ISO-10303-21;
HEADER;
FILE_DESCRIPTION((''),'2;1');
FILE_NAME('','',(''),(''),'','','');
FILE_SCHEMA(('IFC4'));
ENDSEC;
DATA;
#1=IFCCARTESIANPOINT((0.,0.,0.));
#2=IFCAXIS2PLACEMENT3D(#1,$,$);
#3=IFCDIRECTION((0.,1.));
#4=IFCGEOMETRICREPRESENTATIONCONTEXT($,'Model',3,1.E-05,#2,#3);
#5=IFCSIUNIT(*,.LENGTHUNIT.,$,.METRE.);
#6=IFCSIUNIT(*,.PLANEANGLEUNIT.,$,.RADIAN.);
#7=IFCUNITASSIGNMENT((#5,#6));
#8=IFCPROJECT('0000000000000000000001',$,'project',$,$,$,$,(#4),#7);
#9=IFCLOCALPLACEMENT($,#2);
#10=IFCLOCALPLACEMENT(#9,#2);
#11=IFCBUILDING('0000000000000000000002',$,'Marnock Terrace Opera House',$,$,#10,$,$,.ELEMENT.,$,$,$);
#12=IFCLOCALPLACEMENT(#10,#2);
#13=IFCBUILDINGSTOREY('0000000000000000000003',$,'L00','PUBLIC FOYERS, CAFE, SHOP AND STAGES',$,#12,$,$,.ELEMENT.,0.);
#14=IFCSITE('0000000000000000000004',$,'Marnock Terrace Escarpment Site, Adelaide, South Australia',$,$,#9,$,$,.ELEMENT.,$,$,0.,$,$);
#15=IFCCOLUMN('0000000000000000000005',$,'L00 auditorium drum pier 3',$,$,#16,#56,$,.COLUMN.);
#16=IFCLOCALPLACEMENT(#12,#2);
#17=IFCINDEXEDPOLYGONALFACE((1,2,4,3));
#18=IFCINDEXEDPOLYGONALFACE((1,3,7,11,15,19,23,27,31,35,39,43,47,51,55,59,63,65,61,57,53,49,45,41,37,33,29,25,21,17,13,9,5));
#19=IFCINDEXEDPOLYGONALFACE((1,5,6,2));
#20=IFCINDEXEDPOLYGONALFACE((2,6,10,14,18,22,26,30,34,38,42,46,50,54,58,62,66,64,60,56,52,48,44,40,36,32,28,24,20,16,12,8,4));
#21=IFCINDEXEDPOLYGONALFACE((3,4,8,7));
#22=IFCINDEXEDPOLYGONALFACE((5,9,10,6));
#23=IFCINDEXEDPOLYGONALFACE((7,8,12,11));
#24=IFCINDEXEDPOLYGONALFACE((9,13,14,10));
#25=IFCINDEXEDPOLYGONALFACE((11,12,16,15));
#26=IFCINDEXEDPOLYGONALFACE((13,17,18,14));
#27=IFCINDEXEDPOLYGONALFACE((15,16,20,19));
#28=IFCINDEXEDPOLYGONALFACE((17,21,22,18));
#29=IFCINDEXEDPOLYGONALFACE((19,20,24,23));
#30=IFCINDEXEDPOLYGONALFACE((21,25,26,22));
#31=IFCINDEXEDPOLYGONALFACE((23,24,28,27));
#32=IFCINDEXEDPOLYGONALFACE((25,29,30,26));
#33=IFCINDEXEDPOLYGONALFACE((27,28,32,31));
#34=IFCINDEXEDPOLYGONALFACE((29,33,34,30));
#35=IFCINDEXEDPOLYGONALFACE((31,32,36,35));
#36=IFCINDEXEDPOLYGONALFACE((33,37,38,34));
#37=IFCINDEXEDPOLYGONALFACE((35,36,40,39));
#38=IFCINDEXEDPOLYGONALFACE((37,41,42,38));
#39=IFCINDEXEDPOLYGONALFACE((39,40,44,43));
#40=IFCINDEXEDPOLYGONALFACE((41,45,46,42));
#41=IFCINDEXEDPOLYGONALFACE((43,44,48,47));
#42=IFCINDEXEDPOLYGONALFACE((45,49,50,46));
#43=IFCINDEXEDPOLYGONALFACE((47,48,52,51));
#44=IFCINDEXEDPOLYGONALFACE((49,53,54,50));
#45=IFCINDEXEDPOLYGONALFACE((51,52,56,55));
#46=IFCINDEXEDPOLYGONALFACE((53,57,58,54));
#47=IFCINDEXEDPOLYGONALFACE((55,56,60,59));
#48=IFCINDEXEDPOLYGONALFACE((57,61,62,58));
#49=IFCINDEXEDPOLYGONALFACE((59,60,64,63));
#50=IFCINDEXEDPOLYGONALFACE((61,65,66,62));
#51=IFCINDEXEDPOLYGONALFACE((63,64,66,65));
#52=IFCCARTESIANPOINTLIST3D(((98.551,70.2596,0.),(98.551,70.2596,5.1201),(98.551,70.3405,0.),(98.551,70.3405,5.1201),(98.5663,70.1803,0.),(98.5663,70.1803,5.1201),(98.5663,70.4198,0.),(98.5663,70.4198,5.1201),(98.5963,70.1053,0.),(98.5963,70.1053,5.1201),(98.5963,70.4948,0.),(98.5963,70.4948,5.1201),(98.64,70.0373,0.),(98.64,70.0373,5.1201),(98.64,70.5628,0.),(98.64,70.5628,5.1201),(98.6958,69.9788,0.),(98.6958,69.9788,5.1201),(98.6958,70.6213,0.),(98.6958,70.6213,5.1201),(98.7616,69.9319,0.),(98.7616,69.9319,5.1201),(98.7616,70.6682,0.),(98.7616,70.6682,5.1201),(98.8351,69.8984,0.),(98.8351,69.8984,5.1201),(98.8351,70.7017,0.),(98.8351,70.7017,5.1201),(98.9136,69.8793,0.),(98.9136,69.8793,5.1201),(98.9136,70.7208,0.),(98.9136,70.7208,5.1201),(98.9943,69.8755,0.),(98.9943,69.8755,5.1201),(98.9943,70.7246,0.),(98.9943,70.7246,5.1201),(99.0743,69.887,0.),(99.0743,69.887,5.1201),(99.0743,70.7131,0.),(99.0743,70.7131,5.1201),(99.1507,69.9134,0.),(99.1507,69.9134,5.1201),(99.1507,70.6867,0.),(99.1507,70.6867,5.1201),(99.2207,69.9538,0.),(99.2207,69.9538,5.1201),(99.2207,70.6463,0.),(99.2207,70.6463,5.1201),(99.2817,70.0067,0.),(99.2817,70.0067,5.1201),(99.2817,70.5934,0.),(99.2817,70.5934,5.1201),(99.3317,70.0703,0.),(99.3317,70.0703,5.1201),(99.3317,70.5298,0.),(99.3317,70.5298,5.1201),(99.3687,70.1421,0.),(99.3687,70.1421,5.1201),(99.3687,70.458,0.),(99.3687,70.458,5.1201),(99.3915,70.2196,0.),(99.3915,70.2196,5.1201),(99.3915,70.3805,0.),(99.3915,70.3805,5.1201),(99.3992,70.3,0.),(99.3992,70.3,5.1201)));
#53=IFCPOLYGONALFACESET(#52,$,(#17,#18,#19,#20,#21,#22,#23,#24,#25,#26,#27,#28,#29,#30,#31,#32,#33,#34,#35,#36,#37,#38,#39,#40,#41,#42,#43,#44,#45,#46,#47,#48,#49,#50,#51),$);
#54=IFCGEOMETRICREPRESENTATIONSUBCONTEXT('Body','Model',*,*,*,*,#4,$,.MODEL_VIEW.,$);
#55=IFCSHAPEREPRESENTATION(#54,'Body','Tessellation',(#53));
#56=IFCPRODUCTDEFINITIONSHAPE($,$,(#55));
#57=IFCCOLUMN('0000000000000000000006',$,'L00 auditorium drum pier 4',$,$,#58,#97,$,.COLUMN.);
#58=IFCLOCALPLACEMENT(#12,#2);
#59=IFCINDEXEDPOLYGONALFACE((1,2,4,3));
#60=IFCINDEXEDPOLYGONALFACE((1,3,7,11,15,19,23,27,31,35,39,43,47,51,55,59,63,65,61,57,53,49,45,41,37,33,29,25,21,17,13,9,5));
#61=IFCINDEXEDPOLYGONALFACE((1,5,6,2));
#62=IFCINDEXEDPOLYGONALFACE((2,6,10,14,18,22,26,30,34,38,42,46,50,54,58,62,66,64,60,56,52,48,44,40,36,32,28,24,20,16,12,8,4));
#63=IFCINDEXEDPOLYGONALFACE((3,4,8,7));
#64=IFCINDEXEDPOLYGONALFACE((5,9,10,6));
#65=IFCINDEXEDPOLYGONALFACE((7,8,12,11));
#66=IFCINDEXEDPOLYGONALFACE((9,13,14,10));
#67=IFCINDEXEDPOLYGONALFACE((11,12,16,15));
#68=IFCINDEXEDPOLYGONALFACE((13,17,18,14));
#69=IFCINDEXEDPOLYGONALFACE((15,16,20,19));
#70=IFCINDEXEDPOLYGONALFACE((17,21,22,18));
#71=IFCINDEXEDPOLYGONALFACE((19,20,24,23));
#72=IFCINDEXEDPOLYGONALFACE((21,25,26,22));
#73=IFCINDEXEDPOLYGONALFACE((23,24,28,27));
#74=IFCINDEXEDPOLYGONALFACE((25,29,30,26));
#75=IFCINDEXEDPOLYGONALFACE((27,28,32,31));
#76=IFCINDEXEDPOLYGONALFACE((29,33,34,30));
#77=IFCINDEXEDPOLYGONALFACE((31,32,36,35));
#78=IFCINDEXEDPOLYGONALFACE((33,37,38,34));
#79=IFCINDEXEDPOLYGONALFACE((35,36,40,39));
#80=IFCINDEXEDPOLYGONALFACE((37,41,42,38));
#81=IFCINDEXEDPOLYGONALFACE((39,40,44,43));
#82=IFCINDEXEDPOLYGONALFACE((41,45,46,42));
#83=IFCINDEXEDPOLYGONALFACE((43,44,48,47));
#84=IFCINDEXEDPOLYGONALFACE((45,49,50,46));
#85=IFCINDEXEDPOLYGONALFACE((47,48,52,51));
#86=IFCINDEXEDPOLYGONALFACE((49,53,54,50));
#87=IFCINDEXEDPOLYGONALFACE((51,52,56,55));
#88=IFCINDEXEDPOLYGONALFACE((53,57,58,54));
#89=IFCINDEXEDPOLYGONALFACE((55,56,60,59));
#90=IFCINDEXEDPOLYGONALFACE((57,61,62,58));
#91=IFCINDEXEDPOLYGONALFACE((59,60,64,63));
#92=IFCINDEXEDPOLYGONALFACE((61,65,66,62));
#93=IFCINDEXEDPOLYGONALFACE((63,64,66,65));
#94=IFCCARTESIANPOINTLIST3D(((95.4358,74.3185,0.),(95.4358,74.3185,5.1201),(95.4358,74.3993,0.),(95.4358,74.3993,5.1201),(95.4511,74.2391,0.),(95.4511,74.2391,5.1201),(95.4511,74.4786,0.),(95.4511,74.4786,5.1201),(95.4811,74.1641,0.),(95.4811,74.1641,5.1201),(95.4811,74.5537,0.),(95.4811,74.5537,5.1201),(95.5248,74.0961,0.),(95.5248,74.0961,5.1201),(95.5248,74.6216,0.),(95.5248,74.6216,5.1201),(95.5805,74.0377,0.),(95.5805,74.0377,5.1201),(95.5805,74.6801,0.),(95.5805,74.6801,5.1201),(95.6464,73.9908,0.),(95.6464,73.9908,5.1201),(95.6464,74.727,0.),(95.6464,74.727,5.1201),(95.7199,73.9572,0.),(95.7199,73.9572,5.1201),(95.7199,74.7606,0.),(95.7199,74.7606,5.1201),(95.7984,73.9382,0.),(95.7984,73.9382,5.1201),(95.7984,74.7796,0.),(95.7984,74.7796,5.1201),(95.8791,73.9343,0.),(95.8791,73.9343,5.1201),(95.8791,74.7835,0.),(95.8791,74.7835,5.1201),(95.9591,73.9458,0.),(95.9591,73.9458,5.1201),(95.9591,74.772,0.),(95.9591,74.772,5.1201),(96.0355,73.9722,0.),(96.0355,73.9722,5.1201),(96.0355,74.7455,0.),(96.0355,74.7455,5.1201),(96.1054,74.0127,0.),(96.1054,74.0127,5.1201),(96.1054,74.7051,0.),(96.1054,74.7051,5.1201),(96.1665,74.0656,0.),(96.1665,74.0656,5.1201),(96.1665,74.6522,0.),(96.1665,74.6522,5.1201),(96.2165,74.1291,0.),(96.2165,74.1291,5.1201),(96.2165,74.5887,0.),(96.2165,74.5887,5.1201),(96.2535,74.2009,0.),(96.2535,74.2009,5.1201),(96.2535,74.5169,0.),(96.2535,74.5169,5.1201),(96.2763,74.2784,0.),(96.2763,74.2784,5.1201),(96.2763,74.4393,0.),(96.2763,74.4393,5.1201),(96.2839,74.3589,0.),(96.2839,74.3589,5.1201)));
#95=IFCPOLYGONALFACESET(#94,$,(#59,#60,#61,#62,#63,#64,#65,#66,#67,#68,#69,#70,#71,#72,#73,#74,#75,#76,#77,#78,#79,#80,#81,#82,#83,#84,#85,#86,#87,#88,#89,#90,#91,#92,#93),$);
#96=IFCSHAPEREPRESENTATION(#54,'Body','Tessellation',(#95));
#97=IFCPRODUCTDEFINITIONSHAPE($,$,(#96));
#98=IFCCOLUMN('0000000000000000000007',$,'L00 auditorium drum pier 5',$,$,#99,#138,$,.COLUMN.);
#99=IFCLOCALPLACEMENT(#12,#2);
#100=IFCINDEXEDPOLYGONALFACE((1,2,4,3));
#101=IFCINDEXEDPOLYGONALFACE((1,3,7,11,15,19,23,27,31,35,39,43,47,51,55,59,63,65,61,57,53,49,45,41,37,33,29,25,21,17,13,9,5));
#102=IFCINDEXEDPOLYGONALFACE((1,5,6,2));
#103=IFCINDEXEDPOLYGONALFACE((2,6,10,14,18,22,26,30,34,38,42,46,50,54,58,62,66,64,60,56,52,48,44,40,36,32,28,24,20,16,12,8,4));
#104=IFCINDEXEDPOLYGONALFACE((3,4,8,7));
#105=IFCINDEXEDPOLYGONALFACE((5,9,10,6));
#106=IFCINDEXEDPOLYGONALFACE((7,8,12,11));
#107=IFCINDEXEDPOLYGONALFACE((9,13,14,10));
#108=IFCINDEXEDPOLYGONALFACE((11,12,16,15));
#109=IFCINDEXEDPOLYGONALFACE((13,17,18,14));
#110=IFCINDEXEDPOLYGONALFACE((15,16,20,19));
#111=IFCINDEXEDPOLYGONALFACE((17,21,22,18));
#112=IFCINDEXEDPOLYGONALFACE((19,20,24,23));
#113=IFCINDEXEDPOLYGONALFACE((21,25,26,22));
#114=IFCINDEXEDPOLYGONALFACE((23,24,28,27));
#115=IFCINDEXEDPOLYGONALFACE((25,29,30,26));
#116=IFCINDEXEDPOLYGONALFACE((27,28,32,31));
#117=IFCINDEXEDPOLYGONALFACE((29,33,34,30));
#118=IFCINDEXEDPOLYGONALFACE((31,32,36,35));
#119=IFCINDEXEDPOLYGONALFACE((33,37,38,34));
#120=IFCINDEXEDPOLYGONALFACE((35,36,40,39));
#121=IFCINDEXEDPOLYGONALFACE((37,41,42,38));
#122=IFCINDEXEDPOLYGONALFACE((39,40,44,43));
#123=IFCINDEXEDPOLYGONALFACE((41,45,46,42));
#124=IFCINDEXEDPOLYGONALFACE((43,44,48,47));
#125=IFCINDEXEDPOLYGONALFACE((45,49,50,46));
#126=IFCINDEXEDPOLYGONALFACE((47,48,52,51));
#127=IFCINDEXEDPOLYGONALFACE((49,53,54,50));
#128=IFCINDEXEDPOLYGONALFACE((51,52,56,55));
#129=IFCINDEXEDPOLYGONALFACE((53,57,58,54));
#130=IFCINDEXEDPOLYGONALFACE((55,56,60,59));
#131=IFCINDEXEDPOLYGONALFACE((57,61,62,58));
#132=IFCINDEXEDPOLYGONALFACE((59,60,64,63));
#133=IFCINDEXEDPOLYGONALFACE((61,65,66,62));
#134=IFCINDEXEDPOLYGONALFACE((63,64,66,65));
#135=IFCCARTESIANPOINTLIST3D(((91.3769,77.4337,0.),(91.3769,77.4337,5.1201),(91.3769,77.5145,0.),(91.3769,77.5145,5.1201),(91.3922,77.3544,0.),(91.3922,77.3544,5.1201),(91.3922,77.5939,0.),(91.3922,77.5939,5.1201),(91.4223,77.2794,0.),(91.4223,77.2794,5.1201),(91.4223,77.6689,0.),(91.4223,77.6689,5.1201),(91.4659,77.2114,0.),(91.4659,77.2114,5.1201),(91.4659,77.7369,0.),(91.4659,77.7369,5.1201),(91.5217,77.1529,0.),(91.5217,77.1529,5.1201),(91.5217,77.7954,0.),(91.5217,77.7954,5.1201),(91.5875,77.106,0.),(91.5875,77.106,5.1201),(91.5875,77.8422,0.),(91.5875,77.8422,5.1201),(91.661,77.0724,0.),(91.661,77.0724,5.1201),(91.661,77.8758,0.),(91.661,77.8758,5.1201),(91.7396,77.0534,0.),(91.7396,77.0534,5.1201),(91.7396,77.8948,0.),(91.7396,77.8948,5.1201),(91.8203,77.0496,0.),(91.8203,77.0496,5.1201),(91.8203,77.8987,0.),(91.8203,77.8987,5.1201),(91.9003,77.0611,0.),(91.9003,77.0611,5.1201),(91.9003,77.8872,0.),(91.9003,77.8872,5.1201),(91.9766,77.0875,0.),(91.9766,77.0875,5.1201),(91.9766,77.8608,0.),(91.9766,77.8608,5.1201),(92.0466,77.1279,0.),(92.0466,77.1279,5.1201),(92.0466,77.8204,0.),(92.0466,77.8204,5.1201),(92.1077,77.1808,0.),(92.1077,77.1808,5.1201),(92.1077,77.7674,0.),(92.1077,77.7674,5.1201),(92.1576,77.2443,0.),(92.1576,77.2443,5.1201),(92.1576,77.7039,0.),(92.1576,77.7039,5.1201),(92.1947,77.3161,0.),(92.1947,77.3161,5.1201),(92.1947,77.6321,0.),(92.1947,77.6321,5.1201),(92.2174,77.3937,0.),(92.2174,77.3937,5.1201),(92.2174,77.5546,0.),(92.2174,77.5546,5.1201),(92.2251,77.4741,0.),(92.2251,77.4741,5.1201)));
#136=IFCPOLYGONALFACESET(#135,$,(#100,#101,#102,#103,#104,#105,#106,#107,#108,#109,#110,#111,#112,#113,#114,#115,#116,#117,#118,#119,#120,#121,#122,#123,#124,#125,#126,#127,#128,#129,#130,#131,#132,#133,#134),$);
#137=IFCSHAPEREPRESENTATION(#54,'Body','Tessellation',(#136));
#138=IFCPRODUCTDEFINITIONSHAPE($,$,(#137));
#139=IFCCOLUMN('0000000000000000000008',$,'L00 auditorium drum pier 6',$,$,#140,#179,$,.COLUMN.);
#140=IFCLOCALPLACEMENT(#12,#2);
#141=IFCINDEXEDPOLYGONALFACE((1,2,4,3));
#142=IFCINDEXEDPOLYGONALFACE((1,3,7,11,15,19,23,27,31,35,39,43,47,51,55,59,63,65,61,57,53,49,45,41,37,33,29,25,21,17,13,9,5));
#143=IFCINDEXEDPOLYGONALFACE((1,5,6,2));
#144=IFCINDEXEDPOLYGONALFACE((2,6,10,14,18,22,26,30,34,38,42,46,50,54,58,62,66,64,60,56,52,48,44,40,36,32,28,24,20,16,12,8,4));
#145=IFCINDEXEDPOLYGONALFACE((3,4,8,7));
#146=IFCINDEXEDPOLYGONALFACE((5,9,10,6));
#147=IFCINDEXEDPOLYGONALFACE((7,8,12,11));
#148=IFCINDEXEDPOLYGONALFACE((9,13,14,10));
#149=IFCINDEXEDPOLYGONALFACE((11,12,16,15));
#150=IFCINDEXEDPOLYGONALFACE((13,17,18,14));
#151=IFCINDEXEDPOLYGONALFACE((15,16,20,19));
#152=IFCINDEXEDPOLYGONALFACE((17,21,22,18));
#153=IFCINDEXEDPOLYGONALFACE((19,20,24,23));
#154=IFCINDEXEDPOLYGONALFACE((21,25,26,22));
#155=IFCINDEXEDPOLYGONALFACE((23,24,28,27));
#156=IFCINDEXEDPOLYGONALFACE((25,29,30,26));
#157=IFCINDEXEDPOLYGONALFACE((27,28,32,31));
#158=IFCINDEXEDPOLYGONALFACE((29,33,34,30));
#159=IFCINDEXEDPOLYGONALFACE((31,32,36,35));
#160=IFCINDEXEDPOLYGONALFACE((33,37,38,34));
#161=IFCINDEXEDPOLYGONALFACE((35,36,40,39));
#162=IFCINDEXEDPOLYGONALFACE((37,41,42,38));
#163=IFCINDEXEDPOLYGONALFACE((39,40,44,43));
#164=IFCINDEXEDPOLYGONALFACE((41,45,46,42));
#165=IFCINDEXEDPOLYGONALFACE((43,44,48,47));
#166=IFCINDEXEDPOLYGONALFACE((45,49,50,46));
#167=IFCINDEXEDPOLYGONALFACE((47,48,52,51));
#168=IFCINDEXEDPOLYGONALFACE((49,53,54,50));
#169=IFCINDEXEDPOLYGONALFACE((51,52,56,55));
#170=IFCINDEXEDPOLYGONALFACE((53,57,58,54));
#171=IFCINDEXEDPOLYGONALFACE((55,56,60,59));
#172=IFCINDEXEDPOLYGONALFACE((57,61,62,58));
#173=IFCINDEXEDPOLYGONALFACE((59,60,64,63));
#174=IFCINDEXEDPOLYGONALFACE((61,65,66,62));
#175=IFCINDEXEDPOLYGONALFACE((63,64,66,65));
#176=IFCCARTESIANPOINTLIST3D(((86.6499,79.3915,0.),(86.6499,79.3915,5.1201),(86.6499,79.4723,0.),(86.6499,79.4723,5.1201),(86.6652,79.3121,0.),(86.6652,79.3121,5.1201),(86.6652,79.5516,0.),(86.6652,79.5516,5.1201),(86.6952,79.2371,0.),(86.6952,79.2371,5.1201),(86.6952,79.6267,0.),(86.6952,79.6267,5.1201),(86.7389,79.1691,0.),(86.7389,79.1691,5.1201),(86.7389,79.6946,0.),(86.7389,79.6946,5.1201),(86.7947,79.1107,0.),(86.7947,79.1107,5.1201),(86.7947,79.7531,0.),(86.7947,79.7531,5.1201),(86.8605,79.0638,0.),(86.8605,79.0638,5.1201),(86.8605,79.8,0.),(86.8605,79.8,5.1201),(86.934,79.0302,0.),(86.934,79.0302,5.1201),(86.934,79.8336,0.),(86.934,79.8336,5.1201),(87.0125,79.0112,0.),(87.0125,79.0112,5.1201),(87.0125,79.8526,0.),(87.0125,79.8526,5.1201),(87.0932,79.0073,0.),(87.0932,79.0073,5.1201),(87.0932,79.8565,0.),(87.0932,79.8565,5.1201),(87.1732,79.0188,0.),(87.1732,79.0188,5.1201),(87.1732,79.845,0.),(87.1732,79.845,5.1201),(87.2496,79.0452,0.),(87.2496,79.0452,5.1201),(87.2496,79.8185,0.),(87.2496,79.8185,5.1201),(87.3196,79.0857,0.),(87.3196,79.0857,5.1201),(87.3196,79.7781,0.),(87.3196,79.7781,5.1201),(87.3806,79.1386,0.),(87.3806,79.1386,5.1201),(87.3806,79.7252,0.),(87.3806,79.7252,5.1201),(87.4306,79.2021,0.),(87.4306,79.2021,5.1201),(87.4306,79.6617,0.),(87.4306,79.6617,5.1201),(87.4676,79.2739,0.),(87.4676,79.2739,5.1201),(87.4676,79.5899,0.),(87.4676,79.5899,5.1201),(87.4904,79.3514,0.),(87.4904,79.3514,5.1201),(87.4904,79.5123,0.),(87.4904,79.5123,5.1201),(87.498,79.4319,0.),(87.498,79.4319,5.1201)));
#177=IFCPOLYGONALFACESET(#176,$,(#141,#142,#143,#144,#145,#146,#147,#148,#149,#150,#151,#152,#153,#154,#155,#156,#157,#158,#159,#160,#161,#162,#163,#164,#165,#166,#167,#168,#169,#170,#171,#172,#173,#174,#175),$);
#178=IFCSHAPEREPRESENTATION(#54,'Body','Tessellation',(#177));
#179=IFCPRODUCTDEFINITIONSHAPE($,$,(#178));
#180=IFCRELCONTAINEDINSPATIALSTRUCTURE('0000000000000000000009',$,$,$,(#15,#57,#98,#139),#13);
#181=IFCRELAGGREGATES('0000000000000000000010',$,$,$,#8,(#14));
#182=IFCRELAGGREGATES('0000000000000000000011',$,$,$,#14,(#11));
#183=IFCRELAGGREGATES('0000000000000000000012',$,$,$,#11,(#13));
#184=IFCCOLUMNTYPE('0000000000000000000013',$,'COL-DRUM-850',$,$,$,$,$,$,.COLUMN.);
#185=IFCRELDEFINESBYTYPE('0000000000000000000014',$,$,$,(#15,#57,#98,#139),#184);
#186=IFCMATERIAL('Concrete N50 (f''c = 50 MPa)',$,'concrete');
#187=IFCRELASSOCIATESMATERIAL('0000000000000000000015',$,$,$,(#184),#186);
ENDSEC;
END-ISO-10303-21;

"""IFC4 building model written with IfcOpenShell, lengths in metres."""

from ifc_helpers import new_model, si_unit, direction, frame, origin, origin_2d, place, context, subcontext, project, spatial, circle, extrude, material, material_profile, profile_set, type_object, element, save


model = new_model("IFC4")

# Units and contexts
model_context = context("Model", 3, precision=1e-05, world=origin(), true_north=direction((0.0, 1.0)))
body_context = subcontext(model_context, "Body", "Model", "MODEL_VIEW")
ifc_project = project(units=[si_unit("LENGTHUNIT", "METRE"), si_unit("PLANEANGLEUNIT", "RADIAN")], contexts=[model_context])

# Site, building, storey
site_placement = place(None, origin())
site = spatial("IfcSite", under=ifc_project, at=site_placement, Name="Marnock Terrace Escarpment Site, Adelaide, South Australia", CompositionType="ELEMENT", RefElevation=0.0)
building_placement = place(site_placement, origin())
building = spatial("IfcBuilding", under=site, at=building_placement, Name="Marnock Terrace Opera House", CompositionType="ELEMENT")
storey_placement = place(building_placement, origin())
storey = spatial("IfcBuildingStorey", under=building, at=storey_placement, Name="L00", Description="PUBLIC FOYERS, CAFE, SHOP AND STAGES", CompositionType="ELEMENT", Elevation=0.0)

# Columns
ifc_material_1 = material(Name="Concrete N50 (f'c = 50 MPa)", Category="concrete")
ifc_material_profile_1 = material_profile(ifc_material_1, circle(Radius=0.425, at=origin_2d()))
ifc_profile_set_1 = profile_set([ifc_material_profile_1], Name="Concrete N50 (f'c = 50 MPa)")
column_type_1 = type_object("IfcColumnType", Name="COL-DRUM-850", PredefinedType="COLUMN", material=ifc_profile_set_1)
for number, where, z_axis, x_axis, name in (
    (1, (98.9741, 70.3, 0.0), (0.0, 0.0, 1.0), (1.0, 0.0, 0.0), "L00 auditorium drum pier 3"),
    (2, (95.8589, 74.3589, 0.0), (0.0, 0.0, 1.0), (1.0, 0.0, 0.0), "L00 auditorium drum pier 4"),
    (3, (91.8, 77.4741, 0.0), (0.0, 0.0, 1.0), (1.0, 0.0, 0.0), "L00 auditorium drum pier 5"),
    (4, (87.073, 79.4319, 0.0), (0.0, 0.0, 1.0), (1.0, 0.0, 0.0), "L00 auditorium drum pier 6"),
):
    element("IfcColumn", number, at=place(storey_placement, frame(where, z_axis=z_axis, x_axis=x_axis)), inside=storey, type_object=column_type_1, Name=name, PredefinedType="COLUMN", context=body_context, shape_type="SweptSolid", body=[
        extrude(circle(Radius=0.425, at=origin_2d()), origin(), (0.0, 0.0, 1.0), 5.1201),
    ])

save(model, "model.ifc")
